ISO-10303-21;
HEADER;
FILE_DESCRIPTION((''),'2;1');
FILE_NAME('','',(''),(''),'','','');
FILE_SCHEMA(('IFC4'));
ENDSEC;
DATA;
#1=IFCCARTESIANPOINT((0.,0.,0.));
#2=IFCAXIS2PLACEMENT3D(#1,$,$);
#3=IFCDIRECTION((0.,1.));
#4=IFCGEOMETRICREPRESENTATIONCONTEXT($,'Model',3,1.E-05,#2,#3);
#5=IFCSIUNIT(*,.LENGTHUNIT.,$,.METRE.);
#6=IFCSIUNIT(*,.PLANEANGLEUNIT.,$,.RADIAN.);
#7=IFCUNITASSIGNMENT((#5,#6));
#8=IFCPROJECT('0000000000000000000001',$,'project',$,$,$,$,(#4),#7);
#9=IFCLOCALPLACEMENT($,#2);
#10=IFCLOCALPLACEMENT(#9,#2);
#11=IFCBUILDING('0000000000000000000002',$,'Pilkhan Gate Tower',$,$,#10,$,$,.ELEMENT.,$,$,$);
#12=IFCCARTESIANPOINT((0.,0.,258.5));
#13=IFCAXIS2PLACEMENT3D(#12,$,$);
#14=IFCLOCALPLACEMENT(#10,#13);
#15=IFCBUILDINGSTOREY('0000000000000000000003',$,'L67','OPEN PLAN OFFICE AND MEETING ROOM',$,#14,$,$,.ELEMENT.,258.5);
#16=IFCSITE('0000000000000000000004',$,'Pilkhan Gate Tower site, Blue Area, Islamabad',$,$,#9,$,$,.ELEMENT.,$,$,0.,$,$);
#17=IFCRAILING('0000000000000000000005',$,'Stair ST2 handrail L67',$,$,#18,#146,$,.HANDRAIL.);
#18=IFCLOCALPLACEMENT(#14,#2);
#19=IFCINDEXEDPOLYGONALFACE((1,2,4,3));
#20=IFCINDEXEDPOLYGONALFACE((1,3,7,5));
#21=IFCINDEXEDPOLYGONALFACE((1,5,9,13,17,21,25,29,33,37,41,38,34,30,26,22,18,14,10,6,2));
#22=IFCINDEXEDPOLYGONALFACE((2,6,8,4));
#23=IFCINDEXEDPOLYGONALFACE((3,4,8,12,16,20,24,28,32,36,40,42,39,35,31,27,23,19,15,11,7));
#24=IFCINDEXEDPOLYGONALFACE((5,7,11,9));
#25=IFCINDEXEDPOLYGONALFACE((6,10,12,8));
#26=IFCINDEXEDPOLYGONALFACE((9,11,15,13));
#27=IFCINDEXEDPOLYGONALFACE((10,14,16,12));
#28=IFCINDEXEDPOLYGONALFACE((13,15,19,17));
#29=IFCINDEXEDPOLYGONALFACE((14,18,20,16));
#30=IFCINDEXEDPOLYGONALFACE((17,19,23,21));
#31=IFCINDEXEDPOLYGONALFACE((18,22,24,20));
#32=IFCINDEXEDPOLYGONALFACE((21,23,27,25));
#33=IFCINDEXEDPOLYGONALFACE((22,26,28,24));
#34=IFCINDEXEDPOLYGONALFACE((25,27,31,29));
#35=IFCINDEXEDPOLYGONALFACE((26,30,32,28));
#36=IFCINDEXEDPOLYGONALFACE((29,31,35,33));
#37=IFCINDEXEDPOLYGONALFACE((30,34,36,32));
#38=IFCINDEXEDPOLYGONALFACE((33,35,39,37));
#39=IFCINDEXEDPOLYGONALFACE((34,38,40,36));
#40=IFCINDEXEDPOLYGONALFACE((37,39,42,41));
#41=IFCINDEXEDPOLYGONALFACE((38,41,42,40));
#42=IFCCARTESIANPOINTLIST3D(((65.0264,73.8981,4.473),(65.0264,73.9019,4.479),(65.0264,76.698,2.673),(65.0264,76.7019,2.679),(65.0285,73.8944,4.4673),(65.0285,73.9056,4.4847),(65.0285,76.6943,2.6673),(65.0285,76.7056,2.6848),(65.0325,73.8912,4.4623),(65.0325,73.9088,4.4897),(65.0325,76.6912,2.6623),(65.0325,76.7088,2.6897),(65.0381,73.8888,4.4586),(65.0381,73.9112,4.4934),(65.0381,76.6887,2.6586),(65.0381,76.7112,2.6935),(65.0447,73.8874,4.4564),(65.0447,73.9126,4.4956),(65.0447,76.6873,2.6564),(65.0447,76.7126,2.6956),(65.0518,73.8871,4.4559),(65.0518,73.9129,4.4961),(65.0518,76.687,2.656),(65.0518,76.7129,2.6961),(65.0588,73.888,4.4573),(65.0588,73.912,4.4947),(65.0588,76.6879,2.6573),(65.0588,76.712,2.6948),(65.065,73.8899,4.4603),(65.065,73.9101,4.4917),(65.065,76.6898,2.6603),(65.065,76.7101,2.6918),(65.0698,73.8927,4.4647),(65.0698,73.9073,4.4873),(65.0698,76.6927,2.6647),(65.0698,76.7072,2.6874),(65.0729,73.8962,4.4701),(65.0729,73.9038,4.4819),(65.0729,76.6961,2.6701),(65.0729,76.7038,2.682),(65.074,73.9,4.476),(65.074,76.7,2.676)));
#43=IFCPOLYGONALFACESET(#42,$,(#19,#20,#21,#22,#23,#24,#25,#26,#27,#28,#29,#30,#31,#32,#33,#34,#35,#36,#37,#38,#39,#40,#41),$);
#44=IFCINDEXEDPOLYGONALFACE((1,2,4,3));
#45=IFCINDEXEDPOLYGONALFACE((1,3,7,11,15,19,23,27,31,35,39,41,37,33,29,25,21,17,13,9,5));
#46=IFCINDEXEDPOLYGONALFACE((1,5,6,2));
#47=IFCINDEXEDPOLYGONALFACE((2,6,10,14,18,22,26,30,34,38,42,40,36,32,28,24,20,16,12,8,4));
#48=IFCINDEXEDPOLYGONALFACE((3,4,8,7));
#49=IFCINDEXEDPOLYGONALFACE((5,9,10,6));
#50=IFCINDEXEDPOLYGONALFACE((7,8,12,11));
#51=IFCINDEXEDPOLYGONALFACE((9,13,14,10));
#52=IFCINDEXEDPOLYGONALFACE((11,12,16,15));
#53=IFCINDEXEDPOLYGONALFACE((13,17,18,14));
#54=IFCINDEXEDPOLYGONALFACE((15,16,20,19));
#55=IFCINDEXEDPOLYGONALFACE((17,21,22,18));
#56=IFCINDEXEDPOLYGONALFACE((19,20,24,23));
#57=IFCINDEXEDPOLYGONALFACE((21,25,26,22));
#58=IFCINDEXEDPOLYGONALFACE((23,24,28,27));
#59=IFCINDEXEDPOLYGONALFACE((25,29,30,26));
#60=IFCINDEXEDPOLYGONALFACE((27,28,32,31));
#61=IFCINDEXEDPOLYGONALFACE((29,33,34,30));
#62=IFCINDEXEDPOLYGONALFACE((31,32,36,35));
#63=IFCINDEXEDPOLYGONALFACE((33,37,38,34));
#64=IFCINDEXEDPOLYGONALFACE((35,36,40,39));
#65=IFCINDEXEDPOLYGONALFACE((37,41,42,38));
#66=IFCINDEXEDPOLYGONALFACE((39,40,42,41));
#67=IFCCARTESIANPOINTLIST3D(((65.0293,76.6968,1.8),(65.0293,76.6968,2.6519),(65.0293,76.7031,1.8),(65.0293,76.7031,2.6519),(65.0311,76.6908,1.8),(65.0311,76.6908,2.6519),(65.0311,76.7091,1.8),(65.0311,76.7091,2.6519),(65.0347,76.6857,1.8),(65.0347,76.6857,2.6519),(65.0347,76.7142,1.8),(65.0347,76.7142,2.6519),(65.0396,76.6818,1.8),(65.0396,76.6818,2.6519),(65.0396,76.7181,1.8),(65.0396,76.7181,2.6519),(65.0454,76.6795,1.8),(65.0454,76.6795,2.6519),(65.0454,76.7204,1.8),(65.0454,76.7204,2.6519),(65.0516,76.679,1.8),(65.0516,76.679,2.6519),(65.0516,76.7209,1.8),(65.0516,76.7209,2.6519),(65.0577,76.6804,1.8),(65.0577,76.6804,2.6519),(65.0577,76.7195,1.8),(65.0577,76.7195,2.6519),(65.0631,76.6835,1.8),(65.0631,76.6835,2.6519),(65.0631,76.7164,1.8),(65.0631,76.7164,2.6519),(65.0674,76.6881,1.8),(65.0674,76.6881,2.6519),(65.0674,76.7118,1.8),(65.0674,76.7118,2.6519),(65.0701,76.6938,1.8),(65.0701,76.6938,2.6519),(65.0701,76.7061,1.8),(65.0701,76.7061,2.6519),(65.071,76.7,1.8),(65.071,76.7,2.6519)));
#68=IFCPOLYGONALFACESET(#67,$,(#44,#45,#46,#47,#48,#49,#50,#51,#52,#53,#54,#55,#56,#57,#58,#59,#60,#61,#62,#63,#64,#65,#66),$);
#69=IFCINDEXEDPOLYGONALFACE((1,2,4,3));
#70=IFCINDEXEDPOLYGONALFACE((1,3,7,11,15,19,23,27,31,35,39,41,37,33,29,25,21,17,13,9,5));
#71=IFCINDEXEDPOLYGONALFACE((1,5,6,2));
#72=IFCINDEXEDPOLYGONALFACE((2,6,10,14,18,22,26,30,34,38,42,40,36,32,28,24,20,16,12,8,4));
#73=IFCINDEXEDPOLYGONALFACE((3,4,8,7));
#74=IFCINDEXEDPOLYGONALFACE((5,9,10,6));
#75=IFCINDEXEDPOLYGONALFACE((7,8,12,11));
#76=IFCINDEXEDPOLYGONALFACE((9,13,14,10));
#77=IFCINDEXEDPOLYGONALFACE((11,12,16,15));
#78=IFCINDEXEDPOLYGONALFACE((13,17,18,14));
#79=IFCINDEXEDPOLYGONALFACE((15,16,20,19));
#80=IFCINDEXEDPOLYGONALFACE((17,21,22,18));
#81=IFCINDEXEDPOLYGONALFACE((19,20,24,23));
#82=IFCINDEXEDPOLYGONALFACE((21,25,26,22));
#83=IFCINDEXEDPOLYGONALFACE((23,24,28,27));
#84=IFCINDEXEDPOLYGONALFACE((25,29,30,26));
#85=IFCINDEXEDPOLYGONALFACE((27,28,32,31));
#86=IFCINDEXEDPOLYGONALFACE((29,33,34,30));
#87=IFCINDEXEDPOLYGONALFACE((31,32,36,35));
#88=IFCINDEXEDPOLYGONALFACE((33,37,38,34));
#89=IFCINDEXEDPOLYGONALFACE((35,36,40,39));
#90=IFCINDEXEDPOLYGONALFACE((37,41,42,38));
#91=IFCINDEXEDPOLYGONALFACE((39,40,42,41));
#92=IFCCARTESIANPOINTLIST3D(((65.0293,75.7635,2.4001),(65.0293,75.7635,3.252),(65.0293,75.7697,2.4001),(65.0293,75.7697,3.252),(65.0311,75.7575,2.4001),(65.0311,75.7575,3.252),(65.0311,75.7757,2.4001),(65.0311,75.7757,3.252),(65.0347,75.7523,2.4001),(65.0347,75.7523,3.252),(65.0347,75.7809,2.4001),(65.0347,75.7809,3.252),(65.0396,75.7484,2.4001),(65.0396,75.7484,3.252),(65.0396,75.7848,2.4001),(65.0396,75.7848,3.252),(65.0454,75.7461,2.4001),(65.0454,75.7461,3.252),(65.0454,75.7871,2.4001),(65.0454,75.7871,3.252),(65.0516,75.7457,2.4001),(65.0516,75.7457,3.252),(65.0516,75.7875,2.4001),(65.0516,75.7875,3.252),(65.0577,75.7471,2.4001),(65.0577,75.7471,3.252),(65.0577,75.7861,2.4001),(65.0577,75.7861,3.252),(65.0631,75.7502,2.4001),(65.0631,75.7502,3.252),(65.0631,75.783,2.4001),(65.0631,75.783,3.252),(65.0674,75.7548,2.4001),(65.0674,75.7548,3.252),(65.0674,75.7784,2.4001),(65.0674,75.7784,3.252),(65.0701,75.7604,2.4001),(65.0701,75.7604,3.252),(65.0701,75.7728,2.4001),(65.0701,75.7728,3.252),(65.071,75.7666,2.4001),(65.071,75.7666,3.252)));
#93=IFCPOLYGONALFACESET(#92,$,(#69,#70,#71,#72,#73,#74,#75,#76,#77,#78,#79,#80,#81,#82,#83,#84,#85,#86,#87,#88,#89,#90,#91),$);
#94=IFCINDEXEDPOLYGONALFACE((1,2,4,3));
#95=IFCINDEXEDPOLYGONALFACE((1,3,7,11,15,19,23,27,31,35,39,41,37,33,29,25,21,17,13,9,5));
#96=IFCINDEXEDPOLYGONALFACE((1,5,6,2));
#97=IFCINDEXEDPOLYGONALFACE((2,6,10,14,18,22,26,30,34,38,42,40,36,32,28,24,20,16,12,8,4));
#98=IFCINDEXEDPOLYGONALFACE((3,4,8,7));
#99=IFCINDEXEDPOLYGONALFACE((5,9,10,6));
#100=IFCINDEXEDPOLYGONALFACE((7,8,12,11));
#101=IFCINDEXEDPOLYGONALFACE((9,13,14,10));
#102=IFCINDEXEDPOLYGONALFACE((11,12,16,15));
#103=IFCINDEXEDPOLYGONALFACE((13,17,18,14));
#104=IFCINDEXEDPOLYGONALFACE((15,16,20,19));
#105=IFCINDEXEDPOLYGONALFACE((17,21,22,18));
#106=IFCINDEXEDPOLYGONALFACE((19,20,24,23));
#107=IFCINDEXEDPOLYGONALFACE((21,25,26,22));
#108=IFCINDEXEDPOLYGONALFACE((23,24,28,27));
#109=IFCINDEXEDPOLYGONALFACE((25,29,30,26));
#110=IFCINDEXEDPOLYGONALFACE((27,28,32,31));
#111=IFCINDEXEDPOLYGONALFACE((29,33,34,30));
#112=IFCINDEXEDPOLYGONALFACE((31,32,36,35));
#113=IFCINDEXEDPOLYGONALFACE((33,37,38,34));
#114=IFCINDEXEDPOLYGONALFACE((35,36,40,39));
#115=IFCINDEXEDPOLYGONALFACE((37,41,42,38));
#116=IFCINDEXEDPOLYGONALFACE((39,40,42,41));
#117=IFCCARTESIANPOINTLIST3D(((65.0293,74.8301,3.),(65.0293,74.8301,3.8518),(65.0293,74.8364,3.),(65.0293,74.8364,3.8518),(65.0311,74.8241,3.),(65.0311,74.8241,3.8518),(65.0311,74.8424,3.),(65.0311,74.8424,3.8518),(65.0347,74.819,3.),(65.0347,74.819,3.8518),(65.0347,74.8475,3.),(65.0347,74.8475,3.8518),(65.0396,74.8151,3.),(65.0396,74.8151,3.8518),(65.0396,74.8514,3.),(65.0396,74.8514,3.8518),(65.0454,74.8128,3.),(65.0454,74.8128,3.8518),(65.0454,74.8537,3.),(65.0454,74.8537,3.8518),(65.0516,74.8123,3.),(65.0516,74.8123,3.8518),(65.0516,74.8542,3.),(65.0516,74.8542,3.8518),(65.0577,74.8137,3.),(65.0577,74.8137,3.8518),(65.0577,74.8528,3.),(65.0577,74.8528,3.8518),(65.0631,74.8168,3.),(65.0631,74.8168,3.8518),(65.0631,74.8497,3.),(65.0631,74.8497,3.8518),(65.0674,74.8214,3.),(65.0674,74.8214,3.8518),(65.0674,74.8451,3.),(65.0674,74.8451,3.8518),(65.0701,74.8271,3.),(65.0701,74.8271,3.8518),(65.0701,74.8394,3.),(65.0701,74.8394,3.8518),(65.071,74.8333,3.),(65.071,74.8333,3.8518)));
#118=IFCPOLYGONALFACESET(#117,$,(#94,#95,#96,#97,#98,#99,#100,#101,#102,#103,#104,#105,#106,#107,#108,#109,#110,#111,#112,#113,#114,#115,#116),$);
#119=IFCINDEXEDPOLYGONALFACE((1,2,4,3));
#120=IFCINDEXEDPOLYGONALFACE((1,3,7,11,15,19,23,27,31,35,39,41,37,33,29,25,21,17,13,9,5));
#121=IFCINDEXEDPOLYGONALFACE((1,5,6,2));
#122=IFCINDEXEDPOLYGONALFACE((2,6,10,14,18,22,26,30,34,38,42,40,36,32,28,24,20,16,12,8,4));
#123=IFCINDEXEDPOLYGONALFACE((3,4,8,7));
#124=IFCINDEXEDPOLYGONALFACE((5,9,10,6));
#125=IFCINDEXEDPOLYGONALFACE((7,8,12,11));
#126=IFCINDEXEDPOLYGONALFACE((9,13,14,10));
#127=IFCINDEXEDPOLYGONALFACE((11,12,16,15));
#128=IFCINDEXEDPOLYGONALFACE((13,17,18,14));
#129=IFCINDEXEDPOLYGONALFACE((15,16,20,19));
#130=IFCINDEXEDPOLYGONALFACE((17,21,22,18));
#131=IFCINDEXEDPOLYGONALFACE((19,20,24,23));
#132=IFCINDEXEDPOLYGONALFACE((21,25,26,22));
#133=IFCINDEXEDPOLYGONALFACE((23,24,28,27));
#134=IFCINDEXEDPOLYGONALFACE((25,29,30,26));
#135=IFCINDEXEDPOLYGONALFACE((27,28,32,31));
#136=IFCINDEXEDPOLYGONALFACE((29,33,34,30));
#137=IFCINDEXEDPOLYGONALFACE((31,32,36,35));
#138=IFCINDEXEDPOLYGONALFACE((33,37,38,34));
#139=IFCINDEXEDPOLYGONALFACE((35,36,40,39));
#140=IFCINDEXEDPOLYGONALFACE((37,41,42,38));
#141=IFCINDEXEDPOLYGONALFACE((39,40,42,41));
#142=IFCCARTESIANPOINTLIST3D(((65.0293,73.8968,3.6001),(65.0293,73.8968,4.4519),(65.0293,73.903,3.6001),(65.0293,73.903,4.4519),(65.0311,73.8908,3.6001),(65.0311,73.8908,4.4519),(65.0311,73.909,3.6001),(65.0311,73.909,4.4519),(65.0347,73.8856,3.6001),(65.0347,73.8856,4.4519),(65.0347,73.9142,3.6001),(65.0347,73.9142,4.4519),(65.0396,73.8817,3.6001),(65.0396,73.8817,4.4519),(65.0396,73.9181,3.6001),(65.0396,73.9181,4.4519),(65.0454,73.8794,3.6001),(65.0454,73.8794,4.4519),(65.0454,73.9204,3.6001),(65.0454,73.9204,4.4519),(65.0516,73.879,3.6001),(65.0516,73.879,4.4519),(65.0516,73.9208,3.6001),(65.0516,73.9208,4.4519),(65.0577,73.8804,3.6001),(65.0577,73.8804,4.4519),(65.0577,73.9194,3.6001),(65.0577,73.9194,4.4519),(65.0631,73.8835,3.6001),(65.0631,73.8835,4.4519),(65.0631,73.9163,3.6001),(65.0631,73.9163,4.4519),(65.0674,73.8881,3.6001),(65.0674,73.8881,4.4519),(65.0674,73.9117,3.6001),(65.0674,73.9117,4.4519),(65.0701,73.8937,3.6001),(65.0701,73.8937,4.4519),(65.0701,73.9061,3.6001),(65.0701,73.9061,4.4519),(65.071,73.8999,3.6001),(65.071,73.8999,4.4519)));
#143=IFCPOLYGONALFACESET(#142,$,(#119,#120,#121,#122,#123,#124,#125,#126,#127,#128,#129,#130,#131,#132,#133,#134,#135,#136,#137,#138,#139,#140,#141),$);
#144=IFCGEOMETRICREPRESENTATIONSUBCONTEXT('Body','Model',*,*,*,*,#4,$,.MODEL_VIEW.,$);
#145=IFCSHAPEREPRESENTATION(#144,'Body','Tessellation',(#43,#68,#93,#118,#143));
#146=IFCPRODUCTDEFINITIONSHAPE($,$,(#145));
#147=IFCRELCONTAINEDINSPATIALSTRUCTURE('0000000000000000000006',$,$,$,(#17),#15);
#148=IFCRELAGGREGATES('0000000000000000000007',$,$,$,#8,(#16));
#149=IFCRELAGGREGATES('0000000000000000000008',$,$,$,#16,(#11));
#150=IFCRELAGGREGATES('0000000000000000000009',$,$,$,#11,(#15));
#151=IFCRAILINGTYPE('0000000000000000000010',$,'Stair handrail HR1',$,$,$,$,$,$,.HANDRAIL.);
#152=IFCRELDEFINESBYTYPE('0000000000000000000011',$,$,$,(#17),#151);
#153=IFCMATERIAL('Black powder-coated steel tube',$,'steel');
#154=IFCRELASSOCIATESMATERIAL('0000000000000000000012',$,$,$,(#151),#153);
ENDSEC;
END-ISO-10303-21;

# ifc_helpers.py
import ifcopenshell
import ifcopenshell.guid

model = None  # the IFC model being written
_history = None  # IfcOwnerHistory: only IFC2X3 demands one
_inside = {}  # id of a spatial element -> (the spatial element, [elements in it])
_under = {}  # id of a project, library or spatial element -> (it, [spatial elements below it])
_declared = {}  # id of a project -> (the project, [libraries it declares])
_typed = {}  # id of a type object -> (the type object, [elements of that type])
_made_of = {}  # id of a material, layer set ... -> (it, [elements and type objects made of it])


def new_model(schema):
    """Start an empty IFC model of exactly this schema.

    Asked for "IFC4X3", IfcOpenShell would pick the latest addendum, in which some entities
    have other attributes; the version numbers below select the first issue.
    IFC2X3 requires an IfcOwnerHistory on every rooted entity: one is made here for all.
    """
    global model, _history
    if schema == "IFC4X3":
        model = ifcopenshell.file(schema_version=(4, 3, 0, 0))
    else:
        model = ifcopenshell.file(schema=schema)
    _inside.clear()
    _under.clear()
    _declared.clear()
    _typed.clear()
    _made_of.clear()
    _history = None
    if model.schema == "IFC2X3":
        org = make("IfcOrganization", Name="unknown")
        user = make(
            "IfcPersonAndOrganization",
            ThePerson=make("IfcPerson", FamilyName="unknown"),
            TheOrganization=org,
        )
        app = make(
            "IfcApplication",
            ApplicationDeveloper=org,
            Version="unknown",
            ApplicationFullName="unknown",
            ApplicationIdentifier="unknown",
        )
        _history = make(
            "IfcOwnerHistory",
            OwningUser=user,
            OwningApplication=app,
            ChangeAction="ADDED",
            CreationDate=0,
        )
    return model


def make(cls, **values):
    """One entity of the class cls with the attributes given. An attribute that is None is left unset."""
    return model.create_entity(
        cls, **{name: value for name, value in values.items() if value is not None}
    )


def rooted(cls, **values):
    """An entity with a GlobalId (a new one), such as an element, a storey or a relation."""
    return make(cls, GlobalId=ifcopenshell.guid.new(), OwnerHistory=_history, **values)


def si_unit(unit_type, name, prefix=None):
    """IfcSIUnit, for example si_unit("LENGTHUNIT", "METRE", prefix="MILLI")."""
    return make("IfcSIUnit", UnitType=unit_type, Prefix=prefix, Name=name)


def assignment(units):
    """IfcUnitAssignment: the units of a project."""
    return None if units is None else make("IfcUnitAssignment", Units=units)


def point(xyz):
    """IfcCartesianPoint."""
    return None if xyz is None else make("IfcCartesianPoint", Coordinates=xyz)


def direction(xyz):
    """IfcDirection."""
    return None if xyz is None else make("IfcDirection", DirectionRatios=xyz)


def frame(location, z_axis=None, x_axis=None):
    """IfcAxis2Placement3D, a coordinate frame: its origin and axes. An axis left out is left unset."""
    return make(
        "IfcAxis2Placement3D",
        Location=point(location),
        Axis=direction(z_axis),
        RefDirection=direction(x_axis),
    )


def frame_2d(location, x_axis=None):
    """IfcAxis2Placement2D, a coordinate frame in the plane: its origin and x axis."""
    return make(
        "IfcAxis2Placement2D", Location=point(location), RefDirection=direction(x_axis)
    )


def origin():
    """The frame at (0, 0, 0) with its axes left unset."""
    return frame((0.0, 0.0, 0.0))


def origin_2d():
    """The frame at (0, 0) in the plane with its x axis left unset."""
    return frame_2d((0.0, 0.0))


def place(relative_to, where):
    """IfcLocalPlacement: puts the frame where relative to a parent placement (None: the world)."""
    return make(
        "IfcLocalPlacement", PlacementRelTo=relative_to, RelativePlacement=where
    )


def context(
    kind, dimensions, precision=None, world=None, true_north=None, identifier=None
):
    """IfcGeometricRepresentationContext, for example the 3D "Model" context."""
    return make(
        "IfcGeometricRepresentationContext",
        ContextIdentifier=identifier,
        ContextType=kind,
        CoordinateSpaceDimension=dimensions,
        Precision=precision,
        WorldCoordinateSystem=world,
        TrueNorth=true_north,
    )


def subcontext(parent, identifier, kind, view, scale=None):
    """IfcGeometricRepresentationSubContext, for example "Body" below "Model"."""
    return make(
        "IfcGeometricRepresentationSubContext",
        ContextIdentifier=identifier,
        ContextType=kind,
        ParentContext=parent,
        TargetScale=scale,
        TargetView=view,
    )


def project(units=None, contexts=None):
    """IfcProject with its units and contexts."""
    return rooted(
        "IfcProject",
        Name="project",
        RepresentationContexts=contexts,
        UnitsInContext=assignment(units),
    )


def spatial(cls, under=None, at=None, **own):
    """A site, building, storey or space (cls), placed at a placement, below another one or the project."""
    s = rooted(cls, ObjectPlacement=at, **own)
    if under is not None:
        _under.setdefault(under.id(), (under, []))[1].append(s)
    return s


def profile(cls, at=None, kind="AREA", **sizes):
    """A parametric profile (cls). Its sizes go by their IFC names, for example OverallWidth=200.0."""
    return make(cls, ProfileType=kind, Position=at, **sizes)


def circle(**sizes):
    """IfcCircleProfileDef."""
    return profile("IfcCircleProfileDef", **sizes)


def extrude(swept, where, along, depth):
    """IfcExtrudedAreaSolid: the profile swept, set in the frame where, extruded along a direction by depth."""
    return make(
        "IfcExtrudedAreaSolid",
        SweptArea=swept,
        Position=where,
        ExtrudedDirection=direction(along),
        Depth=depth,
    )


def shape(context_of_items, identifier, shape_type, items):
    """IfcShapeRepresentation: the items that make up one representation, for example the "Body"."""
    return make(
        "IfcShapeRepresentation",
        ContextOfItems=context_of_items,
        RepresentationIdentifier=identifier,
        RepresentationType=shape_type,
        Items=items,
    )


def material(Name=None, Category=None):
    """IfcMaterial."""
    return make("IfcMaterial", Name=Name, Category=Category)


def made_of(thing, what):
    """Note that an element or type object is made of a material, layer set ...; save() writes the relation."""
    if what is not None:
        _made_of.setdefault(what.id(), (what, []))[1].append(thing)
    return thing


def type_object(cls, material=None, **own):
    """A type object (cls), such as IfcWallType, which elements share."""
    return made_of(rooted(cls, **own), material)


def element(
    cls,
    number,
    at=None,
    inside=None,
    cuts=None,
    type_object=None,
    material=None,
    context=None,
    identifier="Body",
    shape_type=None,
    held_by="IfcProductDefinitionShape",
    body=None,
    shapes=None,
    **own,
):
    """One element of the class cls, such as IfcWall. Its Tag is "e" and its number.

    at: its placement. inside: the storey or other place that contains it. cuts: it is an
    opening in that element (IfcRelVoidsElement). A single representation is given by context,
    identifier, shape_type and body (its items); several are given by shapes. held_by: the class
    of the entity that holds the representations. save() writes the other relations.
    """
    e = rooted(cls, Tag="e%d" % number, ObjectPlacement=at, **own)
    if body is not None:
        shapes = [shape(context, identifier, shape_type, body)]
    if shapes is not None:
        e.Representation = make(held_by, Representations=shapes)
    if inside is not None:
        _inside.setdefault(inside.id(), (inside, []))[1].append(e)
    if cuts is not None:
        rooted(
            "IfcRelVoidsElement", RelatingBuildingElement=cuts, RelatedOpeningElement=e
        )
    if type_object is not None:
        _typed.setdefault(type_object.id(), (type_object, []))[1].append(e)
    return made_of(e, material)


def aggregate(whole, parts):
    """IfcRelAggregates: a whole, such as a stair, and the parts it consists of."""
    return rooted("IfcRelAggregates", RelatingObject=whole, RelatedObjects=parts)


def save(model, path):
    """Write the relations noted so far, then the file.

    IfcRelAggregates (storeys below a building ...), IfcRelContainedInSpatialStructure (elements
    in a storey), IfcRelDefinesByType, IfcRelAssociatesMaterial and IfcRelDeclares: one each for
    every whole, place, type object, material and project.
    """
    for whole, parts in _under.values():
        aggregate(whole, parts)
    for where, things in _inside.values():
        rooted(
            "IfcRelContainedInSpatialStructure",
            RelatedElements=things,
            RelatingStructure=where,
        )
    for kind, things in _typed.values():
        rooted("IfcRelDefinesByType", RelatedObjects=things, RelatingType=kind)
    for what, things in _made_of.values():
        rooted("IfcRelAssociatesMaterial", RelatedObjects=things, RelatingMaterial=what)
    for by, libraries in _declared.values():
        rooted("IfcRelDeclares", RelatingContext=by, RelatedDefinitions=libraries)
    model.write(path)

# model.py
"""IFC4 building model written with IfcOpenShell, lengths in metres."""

from ifc_helpers import new_model, si_unit, direction, frame, origin, origin_2d, place, context, subcontext, project, spatial, circle, extrude, material, type_object, element, save


model = new_model("IFC4")

# Units and contexts
model_context = context("Model", 3, precision=1e-05, world=origin(), true_north=direction((0.0, 1.0)))
body_context = subcontext(model_context, "Body", "Model", "MODEL_VIEW")
ifc_project = project(units=[si_unit("LENGTHUNIT", "METRE"), si_unit("PLANEANGLEUNIT", "RADIAN")], contexts=[model_context])

# Site, building, storey
site_placement = place(None, origin())
site = spatial("IfcSite", under=ifc_project, at=site_placement, Name="Pilkhan Gate Tower site, Blue Area, Islamabad", CompositionType="ELEMENT", RefElevation=0.0)
building_placement = place(site_placement, origin())
building = spatial("IfcBuilding", under=site, at=building_placement, Name="Pilkhan Gate Tower", CompositionType="ELEMENT")
storey_placement = place(building_placement, frame((0.0, 0.0, 258.5)))
storey = spatial("IfcBuildingStorey", under=building, at=storey_placement, Name="L67", Description="OPEN PLAN OFFICE AND MEETING ROOM", CompositionType="ELEMENT", Elevation=258.5)

# Railing
ifc_material_1 = material(Name="Black powder-coated steel tube", Category="steel")
railing_type_1 = type_object("IfcRailingType", Name="Stair handrail HR1", PredefinedType="HANDRAIL", material=ifc_material_1)
railing_1_placement = place(storey_placement, frame((65.05, 76.7, 1.8)))
element("IfcRailing", 1, at=railing_1_placement, inside=storey, type_object=railing_type_1, Name="Stair ST2 handrail L67", PredefinedType="HANDRAIL", context=body_context, shape_type="SweptSolid", body=[
    extrude(circle(Radius=0.0239, at=origin_2d()), frame((0.0, 0.0, 0.876), z_axis=(0.0, -0.841176, 0.540761), x_axis=(1.0, 0.0, 0.0)), (0.0, 0.0, 1.0), 3.3286),
    extrude(circle(Radius=0.021, at=origin_2d()), origin(), (0.0, 0.0, 1.0), 0.8518),
    extrude(circle(Radius=0.021, at=origin_2d()), frame((0.0, -0.9333, 0.6001)), (0.0, 0.0, 1.0), 0.8518),
    extrude(circle(Radius=0.021, at=origin_2d()), frame((0.0, -1.8667, 1.2)), (0.0, 0.0, 1.0), 0.8518),
    extrude(circle(Radius=0.021, at=origin_2d()), frame((0.0, -2.8, 1.8)), (0.0, 0.0, 1.0), 0.8518),
])

save(model, "model.ifc")
